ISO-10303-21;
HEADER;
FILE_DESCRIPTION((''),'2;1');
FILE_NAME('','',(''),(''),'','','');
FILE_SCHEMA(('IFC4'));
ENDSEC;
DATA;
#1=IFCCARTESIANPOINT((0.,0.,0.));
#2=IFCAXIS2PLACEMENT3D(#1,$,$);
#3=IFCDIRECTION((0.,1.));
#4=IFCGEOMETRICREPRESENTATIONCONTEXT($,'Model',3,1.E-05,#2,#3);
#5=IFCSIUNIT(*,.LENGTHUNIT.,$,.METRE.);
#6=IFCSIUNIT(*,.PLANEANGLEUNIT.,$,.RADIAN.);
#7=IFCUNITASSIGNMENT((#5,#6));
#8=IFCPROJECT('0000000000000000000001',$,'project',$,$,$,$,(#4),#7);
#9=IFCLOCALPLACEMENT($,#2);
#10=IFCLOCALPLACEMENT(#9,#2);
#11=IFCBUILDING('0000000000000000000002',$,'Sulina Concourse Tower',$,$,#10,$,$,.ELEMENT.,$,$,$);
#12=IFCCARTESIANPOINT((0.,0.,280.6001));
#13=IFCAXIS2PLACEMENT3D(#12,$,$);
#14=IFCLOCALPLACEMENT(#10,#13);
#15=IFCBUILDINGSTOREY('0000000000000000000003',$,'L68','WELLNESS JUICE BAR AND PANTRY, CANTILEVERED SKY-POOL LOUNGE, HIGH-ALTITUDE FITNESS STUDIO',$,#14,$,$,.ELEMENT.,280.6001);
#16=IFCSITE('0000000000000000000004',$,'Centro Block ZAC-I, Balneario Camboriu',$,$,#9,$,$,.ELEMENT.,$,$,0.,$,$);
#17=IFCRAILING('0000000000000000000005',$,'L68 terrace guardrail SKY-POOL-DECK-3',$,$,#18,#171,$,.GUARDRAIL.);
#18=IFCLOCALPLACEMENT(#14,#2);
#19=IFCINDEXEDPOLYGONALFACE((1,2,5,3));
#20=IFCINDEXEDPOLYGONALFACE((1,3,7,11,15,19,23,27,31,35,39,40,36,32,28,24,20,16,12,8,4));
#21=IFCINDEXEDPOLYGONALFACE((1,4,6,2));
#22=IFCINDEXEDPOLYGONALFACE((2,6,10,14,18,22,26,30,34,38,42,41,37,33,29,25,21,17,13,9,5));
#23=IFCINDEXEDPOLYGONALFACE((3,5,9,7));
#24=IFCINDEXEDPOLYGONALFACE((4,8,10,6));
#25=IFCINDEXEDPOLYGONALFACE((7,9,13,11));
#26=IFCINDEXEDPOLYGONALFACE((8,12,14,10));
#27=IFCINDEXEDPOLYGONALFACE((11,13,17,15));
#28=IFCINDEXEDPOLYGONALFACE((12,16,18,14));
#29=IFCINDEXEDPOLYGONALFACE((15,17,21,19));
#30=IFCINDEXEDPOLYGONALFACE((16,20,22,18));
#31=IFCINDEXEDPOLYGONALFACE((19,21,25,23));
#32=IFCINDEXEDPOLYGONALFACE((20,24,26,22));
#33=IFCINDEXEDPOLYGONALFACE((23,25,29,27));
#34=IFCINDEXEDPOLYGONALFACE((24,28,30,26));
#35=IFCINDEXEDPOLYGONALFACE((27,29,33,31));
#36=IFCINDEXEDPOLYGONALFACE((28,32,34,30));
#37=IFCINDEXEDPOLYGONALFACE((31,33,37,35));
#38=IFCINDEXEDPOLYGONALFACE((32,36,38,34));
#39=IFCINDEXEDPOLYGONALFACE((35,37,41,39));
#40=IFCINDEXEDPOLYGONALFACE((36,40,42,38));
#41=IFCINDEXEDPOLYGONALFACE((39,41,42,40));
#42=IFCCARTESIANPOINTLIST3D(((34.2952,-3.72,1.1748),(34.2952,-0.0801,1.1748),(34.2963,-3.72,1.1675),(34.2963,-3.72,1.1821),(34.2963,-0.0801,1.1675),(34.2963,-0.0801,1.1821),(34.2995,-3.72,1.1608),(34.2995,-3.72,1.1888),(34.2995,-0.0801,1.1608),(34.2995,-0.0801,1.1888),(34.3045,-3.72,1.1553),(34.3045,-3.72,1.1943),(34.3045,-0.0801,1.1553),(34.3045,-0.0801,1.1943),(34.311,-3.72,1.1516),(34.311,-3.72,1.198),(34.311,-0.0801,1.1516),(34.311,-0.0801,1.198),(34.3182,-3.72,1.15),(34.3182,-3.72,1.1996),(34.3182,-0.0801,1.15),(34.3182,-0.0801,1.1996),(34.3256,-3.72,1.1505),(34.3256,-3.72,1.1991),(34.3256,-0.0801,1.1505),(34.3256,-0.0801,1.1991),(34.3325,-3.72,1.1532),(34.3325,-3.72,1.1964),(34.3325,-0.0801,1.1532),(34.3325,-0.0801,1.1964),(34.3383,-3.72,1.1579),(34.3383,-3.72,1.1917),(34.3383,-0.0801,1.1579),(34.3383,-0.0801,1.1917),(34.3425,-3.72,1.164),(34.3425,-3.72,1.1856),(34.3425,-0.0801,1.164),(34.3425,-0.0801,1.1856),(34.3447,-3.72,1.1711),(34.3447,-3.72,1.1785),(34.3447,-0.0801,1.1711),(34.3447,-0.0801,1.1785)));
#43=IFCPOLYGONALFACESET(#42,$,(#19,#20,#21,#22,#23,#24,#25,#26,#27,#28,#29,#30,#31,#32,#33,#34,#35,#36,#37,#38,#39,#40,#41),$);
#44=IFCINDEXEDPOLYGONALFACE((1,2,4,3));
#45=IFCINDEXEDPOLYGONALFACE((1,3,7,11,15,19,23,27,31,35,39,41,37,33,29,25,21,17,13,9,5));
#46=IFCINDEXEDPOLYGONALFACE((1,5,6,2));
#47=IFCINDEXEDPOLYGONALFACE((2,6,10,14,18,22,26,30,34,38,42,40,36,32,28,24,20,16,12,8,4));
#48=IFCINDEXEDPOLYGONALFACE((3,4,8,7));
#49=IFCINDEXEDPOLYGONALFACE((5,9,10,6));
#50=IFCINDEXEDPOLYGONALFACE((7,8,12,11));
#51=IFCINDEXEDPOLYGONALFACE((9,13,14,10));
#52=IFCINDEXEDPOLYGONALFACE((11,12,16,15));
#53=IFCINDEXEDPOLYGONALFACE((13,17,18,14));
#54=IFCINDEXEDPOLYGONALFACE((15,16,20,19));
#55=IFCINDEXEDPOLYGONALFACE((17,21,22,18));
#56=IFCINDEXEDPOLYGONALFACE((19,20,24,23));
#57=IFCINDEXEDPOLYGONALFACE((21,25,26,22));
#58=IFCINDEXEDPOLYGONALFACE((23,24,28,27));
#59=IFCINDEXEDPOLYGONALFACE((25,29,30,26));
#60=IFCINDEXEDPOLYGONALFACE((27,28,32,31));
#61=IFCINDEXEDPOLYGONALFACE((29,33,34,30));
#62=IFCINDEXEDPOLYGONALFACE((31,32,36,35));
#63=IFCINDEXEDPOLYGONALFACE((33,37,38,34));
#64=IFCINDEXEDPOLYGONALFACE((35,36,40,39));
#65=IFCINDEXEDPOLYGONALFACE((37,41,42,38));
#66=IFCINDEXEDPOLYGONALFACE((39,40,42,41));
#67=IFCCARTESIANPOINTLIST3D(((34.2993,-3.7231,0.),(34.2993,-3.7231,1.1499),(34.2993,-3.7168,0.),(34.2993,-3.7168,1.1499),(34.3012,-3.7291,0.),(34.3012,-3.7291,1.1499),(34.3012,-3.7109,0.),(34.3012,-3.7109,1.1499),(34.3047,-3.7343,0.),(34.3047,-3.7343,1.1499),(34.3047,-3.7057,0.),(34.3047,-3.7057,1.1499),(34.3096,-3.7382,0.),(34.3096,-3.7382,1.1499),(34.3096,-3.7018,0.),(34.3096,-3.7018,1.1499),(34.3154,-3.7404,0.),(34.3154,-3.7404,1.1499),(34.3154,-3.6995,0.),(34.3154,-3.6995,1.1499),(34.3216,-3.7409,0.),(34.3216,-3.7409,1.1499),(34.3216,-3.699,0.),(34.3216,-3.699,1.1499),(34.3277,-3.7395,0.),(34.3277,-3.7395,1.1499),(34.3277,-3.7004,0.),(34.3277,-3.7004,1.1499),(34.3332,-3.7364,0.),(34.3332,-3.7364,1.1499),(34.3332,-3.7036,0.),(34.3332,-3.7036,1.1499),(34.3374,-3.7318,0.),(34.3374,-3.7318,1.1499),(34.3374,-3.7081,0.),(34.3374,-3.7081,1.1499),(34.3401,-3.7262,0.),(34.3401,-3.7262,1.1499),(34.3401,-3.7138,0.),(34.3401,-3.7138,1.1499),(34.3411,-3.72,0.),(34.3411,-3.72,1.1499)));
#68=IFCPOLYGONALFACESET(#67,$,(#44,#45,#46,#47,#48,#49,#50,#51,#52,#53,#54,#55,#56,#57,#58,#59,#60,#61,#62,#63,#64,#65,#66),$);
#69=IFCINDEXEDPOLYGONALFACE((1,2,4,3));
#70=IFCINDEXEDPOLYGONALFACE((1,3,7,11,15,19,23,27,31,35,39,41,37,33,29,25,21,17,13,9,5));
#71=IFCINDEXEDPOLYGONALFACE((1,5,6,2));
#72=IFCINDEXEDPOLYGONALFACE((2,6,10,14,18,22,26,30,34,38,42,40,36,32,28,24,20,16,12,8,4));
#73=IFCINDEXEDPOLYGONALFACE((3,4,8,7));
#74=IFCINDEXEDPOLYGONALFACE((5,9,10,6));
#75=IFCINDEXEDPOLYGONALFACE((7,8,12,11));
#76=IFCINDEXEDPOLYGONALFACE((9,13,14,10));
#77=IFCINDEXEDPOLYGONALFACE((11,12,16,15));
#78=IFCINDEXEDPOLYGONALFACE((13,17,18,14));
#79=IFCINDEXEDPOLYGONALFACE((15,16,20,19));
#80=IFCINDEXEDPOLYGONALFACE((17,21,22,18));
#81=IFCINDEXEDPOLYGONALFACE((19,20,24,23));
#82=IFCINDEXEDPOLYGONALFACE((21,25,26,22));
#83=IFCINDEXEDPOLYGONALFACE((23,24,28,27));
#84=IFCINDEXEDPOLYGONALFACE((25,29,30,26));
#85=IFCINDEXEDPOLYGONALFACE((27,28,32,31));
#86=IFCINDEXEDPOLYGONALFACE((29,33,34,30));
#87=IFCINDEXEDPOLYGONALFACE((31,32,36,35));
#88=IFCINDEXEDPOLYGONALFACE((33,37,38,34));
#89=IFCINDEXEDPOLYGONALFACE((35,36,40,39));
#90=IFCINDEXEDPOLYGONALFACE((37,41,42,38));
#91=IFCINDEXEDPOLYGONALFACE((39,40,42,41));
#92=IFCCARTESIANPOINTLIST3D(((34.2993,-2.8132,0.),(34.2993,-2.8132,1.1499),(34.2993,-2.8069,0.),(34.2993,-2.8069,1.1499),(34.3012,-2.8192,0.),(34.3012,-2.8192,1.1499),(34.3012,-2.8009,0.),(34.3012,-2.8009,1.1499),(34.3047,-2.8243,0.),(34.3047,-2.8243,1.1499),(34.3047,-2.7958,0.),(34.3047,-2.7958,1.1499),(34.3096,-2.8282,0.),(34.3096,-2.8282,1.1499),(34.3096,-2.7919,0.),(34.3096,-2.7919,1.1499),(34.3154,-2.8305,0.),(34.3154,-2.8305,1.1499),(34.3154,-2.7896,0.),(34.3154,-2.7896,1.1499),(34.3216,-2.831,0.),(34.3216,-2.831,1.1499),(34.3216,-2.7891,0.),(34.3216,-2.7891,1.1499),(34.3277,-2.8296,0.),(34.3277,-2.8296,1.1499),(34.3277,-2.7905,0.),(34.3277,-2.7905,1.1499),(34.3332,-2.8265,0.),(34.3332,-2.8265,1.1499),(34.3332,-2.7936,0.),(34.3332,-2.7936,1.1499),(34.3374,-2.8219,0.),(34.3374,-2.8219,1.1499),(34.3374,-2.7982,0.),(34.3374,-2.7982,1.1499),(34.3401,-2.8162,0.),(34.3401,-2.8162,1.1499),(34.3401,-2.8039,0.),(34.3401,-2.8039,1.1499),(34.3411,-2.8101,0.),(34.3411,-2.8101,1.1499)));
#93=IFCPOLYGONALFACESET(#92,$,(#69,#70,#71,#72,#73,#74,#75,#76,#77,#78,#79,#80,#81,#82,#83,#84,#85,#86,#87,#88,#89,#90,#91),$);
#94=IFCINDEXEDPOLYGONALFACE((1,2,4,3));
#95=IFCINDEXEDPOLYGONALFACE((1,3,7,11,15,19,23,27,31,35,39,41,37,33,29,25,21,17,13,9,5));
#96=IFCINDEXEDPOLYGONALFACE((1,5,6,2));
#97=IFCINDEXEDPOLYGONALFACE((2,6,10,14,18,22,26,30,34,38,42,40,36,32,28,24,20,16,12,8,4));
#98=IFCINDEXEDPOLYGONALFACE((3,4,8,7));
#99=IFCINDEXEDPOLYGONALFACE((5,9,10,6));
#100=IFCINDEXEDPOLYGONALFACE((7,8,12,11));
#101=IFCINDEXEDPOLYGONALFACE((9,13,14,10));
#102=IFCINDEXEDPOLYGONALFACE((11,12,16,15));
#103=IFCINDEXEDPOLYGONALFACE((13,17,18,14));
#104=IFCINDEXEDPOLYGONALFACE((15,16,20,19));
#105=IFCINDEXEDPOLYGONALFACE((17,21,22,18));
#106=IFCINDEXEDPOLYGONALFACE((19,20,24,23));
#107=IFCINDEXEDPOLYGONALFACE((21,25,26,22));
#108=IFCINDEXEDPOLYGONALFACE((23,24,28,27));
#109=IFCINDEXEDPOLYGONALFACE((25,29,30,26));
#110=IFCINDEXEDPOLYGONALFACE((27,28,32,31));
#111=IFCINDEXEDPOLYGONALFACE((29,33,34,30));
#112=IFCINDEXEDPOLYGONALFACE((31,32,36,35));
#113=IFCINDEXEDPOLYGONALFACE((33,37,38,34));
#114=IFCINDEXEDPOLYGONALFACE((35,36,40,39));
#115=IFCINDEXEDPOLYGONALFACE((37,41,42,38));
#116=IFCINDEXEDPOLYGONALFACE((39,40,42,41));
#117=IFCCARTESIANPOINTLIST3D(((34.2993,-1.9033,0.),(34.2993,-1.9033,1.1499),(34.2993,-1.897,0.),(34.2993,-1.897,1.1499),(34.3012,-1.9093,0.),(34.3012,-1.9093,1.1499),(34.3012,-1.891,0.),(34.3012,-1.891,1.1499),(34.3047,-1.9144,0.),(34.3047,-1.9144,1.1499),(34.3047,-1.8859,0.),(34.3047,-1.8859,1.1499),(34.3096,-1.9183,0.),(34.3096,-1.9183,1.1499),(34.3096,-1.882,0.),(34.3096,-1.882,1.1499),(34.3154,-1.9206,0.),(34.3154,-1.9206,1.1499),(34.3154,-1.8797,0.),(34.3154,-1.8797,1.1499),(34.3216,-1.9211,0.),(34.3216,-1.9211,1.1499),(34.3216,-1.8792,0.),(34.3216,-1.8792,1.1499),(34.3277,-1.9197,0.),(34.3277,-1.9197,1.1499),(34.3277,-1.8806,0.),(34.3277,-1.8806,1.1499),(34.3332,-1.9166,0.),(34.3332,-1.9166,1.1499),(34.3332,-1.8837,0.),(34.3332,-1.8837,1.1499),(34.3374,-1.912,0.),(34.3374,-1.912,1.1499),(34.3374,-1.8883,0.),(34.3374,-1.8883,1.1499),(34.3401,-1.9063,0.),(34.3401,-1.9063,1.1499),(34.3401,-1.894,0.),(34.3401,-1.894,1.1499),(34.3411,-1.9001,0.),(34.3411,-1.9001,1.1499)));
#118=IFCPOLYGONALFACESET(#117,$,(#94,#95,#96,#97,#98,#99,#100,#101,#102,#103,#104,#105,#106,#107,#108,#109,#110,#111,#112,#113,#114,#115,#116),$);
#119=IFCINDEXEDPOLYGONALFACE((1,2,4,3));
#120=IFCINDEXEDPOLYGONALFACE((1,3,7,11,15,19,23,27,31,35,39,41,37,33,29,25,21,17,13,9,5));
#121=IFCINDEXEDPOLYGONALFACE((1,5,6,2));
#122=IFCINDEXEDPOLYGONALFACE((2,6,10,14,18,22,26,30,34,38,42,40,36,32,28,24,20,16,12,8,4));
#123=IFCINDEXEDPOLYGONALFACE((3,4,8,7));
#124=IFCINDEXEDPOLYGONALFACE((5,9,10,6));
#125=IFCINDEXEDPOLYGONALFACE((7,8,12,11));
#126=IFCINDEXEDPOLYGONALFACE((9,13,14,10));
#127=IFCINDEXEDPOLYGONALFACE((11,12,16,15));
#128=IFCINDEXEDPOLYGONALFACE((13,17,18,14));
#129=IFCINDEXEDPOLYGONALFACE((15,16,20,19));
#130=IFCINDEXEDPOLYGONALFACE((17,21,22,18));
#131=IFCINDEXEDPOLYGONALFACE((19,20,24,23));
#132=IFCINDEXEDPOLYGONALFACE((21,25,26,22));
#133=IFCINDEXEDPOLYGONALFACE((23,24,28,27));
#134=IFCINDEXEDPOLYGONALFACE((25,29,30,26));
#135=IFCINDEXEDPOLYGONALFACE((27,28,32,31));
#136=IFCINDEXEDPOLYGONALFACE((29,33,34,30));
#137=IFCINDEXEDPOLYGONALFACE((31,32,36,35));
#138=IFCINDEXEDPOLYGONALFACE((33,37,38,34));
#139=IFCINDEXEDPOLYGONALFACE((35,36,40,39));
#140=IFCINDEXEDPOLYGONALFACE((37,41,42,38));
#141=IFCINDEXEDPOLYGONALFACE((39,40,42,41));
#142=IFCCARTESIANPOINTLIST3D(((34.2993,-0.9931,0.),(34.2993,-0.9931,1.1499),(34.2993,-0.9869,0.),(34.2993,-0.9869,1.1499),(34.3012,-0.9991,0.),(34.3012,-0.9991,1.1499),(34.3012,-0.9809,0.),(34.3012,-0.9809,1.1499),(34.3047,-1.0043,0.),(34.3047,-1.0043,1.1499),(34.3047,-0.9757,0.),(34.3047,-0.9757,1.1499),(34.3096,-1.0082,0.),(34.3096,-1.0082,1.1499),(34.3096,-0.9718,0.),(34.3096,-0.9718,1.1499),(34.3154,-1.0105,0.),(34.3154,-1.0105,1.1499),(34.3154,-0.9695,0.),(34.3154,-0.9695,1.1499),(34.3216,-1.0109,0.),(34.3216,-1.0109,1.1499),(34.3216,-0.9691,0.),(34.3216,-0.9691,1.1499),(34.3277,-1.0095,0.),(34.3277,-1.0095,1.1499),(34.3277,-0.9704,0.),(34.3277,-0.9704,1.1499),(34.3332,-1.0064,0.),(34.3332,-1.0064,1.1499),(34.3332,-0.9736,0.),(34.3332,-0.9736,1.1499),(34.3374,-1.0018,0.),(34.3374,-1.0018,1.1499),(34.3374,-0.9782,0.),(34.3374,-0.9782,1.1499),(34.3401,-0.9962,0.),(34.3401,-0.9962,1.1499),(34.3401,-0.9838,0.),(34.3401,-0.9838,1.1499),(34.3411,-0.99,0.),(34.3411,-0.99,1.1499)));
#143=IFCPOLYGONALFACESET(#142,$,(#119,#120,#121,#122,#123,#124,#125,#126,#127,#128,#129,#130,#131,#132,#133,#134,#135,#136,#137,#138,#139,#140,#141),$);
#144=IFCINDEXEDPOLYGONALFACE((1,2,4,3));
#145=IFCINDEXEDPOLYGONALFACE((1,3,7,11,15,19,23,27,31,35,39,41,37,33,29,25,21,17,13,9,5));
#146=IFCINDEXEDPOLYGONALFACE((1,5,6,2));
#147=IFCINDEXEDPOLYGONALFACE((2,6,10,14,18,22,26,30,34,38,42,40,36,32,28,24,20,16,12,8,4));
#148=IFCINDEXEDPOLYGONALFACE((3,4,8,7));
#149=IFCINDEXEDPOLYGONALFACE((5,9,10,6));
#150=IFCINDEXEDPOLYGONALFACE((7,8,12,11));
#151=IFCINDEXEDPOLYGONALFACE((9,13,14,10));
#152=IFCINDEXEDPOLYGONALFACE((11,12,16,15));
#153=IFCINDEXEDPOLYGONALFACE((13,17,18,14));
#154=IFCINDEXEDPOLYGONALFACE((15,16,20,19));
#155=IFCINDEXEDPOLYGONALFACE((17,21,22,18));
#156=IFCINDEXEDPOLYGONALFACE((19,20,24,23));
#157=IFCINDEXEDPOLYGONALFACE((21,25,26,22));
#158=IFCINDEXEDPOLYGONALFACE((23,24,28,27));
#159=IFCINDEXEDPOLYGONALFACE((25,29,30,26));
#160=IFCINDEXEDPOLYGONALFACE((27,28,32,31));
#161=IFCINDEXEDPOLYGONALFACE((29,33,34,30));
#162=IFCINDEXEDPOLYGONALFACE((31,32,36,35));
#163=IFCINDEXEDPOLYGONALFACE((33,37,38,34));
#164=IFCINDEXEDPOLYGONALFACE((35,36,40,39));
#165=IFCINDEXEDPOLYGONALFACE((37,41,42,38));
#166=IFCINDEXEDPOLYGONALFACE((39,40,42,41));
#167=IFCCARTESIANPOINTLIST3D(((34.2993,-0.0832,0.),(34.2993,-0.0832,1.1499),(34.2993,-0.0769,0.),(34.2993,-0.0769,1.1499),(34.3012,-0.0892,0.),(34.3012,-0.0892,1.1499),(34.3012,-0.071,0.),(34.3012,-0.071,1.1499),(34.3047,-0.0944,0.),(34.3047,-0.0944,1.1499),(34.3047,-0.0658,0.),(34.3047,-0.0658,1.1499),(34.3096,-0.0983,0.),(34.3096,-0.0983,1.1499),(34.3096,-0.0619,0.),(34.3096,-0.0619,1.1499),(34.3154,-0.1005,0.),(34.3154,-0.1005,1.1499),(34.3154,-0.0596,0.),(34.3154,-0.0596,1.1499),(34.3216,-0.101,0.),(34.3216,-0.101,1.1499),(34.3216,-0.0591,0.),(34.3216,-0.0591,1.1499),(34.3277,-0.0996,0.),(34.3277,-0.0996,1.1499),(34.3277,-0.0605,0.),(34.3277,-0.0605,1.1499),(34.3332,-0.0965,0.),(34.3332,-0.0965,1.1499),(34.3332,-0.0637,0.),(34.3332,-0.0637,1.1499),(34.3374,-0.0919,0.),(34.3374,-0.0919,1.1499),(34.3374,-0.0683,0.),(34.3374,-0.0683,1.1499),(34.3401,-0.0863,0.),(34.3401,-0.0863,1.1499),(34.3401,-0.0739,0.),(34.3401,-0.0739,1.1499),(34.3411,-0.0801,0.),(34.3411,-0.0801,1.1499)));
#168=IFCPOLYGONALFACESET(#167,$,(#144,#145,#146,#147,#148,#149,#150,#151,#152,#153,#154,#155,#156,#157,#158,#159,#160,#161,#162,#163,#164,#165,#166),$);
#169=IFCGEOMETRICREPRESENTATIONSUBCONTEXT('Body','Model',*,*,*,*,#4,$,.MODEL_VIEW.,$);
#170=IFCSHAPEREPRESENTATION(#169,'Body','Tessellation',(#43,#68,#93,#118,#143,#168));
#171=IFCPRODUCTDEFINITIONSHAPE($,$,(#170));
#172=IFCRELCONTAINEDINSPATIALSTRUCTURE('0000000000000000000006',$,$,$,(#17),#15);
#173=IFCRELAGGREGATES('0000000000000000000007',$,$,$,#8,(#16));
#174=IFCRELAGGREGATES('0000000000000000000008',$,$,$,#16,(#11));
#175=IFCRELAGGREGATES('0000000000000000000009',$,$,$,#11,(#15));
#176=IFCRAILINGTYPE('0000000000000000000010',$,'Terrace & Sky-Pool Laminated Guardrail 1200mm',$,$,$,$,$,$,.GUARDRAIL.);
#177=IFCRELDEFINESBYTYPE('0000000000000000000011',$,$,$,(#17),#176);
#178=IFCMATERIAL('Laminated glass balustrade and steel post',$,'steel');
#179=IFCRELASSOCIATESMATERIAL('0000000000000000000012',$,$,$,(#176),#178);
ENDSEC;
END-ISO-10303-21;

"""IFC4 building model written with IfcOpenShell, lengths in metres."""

from ifc_helpers import new_model, si_unit, direction, frame, origin, origin_2d, place, context, subcontext, project, spatial, circle, extrude, material, type_object, element, save


model = new_model("IFC4")

# Units and contexts
model_context = context("Model", 3, precision=1e-05, world=origin(), true_north=direction((0.0, 1.0)))
body_context = subcontext(model_context, "Body", "Model", "MODEL_VIEW")
ifc_project = project(units=[si_unit("LENGTHUNIT", "METRE"), si_unit("PLANEANGLEUNIT", "RADIAN")], contexts=[model_context])

# Site, building, storey
site_placement = place(None, origin())
site = spatial("IfcSite", under=ifc_project, at=site_placement, Name="Centro Block ZAC-I, Balneario Camboriu", CompositionType="ELEMENT", RefElevation=0.0)
building_placement = place(site_placement, origin())
building = spatial("IfcBuilding", under=site, at=building_placement, Name="Sulina Concourse Tower", CompositionType="ELEMENT")
storey_placement = place(building_placement, frame((0.0, 0.0, 280.6001)))
storey = spatial("IfcBuildingStorey", under=building, at=storey_placement, Name="L68", Description="WELLNESS JUICE BAR AND PANTRY, CANTILEVERED SKY-POOL LOUNGE, HIGH-ALTITUDE FITNESS STUDIO", CompositionType="ELEMENT", Elevation=280.6001)

# Railing
ifc_material_1 = material(Name="Laminated glass balustrade and steel post", Category="steel")
railing_type = type_object("IfcRailingType", Name="Terrace & Sky-Pool Laminated Guardrail 1200mm", PredefinedType="GUARDRAIL", material=ifc_material_1)
railing_placement = place(storey_placement, frame((34.3201, -3.72, 0.0)))
element("IfcRailing", 1, at=railing_placement, inside=storey, type_object=railing_type, Name="L68 terrace guardrail SKY-POOL-DECK-3", PredefinedType="GUARDRAIL", context=body_context, shape_type="SweptSolid", body=[
    extrude(circle(Radius=0.0249, at=origin_2d()), frame((0.0, 0.0, 1.1748), z_axis=(0.0, 1.0, 0.0), x_axis=(-1.0, 0.0, 0.0)), (0.0, 0.0, 1.0), 3.6399),
    extrude(circle(Radius=0.021, at=origin_2d()), origin(), (0.0, 0.0, 1.0), 1.1499),
    extrude(circle(Radius=0.021, at=origin_2d()), frame((0.0, 0.9099, 0.0)), (0.0, 0.0, 1.0), 1.1499),
    extrude(circle(Radius=0.021, at=origin_2d()), frame((0.0, 1.8198, 0.0)), (0.0, 0.0, 1.0), 1.1499),
    extrude(circle(Radius=0.021, at=origin_2d()), frame((0.0, 2.73, 0.0)), (0.0, 0.0, 1.0), 1.1499),
    extrude(circle(Radius=0.021, at=origin_2d()), frame((0.0, 3.6399, 0.0)), (0.0, 0.0, 1.0), 1.1499),
])

save(model, "model.ifc")
